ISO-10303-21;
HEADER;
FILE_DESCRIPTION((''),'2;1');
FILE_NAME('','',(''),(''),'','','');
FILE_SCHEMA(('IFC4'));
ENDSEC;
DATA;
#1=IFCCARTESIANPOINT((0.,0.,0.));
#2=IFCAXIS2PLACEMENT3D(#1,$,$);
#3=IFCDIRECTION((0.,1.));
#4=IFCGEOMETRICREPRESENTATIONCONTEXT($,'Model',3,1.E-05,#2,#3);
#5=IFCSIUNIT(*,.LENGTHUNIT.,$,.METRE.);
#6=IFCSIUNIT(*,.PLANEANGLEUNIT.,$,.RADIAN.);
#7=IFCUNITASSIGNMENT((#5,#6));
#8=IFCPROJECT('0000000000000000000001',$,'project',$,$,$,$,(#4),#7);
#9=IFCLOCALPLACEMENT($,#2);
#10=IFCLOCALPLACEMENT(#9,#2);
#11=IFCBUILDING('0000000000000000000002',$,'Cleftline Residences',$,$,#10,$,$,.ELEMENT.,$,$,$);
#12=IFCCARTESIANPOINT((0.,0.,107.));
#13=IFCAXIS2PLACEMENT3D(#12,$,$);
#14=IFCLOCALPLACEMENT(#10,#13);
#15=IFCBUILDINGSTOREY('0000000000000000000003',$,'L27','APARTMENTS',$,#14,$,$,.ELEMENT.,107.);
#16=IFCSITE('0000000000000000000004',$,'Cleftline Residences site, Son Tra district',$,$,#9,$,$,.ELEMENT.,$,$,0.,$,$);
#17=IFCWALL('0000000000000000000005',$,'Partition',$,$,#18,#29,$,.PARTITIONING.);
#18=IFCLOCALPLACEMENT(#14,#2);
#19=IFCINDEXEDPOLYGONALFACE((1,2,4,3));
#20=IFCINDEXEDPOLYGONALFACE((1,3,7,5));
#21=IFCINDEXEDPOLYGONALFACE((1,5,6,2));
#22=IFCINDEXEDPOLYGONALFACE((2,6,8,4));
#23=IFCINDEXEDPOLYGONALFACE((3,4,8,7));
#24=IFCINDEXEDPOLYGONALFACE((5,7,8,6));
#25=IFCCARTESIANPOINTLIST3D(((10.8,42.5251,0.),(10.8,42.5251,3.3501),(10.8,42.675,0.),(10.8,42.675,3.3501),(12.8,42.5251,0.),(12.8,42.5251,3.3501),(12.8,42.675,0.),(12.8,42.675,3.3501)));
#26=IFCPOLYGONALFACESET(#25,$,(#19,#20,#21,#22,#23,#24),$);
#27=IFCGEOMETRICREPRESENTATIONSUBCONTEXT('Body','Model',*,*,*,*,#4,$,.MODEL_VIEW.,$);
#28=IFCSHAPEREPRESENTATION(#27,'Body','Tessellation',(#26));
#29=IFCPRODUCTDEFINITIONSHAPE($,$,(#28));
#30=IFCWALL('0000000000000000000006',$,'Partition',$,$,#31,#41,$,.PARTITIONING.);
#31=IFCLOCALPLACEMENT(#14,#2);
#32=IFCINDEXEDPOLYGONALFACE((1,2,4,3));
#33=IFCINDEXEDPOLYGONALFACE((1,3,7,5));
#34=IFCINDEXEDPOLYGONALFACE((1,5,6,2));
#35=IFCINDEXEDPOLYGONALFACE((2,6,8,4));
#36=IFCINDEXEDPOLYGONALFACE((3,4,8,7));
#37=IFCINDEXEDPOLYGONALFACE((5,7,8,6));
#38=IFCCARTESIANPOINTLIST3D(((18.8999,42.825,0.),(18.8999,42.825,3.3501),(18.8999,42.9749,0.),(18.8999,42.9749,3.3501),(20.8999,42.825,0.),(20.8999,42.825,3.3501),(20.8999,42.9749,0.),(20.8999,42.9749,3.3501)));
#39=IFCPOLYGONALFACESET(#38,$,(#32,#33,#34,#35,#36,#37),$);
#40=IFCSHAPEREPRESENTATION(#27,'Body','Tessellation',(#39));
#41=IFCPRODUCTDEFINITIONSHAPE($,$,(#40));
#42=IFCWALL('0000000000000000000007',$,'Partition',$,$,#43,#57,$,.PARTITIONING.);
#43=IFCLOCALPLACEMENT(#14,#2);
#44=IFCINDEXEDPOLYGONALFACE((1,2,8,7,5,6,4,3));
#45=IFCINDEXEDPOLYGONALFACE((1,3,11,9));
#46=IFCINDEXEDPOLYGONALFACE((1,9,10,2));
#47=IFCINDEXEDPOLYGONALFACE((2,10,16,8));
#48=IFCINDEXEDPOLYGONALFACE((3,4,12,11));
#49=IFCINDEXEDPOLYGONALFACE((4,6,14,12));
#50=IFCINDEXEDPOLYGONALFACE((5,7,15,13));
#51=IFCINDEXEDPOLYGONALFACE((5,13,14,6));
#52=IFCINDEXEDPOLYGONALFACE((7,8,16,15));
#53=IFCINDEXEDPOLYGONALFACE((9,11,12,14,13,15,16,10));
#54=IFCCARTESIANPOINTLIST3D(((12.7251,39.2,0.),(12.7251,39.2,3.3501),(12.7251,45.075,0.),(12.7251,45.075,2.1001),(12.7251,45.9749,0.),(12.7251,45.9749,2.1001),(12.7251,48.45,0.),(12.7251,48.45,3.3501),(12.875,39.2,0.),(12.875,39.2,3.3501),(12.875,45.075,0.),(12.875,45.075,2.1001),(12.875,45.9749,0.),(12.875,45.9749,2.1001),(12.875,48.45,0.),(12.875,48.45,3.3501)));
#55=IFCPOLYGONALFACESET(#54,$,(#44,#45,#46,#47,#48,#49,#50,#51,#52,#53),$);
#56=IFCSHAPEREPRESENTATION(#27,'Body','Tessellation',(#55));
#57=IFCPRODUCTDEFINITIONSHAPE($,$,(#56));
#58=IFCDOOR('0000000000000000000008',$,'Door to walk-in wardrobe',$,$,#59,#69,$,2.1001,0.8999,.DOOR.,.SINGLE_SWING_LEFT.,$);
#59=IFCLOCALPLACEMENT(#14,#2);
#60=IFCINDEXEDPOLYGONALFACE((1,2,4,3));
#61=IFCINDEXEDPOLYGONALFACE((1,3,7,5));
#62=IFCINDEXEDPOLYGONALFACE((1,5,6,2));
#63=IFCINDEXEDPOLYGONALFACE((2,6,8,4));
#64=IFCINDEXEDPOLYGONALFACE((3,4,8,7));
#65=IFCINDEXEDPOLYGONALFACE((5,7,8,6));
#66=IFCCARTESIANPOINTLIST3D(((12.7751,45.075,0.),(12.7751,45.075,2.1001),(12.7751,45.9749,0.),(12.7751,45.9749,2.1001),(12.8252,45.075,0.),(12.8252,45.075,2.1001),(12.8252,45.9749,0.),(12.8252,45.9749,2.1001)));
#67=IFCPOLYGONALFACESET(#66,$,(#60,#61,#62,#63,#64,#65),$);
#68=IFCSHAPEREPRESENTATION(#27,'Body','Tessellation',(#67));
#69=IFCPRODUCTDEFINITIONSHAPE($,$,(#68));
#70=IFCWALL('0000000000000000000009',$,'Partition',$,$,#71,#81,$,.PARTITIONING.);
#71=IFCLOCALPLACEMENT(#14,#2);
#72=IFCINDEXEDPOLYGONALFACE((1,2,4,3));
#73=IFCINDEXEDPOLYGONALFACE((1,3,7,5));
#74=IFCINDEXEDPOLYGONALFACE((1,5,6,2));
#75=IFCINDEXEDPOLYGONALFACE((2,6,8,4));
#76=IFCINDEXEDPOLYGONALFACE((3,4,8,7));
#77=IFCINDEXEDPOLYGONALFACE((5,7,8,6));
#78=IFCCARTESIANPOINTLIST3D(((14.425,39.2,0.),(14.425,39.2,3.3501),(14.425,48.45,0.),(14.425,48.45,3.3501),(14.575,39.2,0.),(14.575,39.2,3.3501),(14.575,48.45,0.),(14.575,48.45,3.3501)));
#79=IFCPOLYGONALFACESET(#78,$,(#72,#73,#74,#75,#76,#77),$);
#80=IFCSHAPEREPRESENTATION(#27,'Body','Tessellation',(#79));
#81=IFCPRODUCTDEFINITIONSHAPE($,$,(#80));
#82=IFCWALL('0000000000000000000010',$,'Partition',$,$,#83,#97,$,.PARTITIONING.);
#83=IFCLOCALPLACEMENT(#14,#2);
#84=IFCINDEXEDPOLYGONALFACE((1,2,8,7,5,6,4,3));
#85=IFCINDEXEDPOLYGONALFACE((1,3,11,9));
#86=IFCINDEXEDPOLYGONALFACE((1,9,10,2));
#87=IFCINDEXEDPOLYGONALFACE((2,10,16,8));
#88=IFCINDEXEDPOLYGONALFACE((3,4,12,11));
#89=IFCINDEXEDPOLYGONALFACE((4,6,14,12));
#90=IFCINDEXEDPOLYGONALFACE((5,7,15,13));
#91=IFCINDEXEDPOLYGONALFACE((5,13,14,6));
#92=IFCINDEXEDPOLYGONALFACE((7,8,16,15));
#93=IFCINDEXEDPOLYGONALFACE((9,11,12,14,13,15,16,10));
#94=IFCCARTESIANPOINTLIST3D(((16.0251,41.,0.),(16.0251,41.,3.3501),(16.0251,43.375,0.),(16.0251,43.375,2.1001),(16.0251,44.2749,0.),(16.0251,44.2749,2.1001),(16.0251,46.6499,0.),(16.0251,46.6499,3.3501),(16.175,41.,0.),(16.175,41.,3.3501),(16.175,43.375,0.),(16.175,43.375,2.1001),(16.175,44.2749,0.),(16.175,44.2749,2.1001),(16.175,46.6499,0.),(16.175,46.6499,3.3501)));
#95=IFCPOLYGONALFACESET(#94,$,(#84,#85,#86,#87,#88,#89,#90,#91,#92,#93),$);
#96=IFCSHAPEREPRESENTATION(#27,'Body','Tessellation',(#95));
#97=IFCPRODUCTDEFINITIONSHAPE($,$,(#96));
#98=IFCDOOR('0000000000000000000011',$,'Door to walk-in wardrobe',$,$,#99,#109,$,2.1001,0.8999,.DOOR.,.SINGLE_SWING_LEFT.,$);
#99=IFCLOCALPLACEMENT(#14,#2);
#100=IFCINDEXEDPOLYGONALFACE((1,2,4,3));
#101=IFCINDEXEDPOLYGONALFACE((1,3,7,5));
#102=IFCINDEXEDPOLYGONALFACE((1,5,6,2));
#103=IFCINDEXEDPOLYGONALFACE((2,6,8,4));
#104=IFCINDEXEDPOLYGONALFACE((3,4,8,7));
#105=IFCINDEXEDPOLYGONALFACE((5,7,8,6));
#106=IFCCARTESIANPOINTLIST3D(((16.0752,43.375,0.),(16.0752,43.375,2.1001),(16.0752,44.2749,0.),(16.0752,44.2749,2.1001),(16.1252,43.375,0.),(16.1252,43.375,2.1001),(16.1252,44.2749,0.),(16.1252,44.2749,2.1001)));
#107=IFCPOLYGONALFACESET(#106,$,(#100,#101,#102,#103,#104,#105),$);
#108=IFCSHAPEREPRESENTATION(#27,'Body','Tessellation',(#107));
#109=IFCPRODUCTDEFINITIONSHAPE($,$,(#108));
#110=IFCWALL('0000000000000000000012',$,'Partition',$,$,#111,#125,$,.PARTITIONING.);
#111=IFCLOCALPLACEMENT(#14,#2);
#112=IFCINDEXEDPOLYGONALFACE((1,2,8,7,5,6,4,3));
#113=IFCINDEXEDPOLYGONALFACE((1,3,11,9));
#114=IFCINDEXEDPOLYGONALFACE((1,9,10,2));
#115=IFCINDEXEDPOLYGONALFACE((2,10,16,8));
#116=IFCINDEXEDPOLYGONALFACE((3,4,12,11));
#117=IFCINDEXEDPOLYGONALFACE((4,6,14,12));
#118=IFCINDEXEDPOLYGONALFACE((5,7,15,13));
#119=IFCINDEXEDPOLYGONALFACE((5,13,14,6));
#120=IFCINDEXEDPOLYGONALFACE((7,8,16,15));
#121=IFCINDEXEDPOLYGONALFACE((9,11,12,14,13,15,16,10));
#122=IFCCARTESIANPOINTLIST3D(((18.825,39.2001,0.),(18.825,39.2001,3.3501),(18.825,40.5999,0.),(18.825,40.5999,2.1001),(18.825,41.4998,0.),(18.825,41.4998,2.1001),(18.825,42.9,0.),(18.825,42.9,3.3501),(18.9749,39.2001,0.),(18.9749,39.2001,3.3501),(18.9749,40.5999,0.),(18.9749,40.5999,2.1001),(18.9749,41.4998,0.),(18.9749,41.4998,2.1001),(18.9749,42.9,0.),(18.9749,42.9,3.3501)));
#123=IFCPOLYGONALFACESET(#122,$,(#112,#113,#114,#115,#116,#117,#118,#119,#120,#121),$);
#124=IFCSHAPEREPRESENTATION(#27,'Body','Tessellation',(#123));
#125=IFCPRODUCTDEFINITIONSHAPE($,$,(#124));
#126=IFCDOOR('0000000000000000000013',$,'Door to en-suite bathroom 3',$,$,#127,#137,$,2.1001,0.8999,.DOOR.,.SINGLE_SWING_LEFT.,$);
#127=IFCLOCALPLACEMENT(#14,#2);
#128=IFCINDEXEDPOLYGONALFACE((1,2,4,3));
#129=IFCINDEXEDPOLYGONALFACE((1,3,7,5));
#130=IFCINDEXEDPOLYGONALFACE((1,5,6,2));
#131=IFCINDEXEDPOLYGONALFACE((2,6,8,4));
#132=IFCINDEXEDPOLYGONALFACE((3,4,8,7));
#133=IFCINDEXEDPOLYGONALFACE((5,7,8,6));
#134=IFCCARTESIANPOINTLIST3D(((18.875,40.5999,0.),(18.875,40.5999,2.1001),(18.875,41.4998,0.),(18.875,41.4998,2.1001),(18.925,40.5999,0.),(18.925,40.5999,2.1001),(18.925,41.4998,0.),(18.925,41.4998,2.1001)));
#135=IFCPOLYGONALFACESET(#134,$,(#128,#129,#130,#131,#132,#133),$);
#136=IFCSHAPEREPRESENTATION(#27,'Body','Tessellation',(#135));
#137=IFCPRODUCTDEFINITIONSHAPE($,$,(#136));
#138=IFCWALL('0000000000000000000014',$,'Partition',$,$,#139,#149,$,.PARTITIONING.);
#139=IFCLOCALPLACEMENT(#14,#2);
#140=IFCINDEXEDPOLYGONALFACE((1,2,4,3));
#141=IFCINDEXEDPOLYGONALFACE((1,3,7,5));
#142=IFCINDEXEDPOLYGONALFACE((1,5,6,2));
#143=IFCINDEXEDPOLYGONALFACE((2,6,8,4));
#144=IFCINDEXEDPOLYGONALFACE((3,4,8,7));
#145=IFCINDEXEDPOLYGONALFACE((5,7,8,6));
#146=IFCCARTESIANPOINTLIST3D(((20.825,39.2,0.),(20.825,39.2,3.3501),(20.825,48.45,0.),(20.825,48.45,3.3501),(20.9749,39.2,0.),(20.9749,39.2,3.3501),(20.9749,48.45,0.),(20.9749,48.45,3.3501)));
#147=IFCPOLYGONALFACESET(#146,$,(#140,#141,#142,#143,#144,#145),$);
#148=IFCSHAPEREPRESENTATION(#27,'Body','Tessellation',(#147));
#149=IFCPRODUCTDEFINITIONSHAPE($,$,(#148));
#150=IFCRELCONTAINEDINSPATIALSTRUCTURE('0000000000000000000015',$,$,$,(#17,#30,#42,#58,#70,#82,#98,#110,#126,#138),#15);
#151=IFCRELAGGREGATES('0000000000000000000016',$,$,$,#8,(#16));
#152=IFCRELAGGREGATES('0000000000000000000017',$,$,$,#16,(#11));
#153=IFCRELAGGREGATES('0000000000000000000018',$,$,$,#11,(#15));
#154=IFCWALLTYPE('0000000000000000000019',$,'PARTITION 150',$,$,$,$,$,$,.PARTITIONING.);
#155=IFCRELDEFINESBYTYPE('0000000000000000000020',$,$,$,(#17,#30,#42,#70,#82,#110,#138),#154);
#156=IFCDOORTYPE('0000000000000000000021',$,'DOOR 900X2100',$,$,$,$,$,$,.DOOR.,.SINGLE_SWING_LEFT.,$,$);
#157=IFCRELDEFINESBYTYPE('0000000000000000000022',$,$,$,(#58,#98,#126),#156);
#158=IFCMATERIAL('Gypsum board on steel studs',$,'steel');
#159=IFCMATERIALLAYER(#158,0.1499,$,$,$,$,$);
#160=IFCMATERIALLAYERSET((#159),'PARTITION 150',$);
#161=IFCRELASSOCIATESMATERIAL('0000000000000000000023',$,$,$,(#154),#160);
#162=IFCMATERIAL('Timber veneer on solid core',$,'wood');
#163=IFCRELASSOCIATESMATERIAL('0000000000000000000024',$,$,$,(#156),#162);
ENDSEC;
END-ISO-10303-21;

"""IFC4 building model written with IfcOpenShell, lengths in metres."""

from ifc_helpers import new_model, si_unit, direction, frame, frame_2d, origin, place, context, subcontext, project, spatial, rectangle, extrude, material, layer, layer_set, type_object, element, fill, save


model = new_model("IFC4")

# Units and contexts
model_context = context("Model", 3, precision=1e-05, world=origin(), true_north=direction((0.0, 1.0)))
body_context = subcontext(model_context, "Body", "Model", "MODEL_VIEW")
ifc_project = project(units=[si_unit("LENGTHUNIT", "METRE"), si_unit("PLANEANGLEUNIT", "RADIAN")], contexts=[model_context])

# Site, building, storey
site_placement = place(None, origin())
site = spatial("IfcSite", under=ifc_project, at=site_placement, Name="Cleftline Residences site, Son Tra district", CompositionType="ELEMENT", RefElevation=0.0)
building_placement = place(site_placement, origin())
building = spatial("IfcBuilding", under=site, at=building_placement, Name="Cleftline Residences", CompositionType="ELEMENT")
storey_placement = place(building_placement, frame((0.0, 0.0, 107.0)))
storey = spatial("IfcBuildingStorey", under=building, at=storey_placement, Name="L27", Description="APARTMENTS", CompositionType="ELEMENT", Elevation=107.0)

# Shared definitions
ifc_material_1 = material(Name="Gypsum board on steel studs", Category="steel")
ifc_layer = layer(ifc_material_1, 0.1499)
ifc_layer_set = layer_set([ifc_layer], Name="PARTITION 150")
wall_type = type_object("IfcWallType", Name="PARTITION 150", PredefinedType="PARTITIONING", material=ifc_layer_set)

# Walls
for number, where, z_axis, x_axis, name in (
    (1, (10.8, 42.6001, 0.0), (0.0, 0.0, 1.0), (1.0, 0.0, 0.0), "Partition"),
    (2, (18.8999, 42.8999, 0.0), (0.0, 0.0, 1.0), (1.0, 0.0, 0.0), "Partition"),
):
    element("IfcWall", number, at=place(storey_placement, frame(where, z_axis=z_axis, x_axis=x_axis)), inside=storey, type_object=wall_type, Name=name, PredefinedType="PARTITIONING", context=body_context, shape_type="SweptSolid", body=[
        extrude(rectangle(XDim=2.0, YDim=0.1499, at=frame_2d((1.0, 0.0))), origin(), (0.0, 0.0, 1.0), 3.3501),
    ])

# Wall, opening, door
wall_1_placement = place(storey_placement, frame((12.8, 39.2, 0.0), z_axis=(0.0, 0.0, 1.0), x_axis=(0.0, 1.0, 0.0)))
wall_1 = element("IfcWall", 3, at=wall_1_placement, inside=storey, type_object=wall_type, Name="Partition", PredefinedType="PARTITIONING", context=body_context, shape_type="SweptSolid", body=[
    extrude(rectangle(XDim=9.25, YDim=0.1499, at=frame_2d((4.625, 0.0))), origin(), (0.0, 0.0, 1.0), 3.3501),
])
opening_1_placement = place(wall_1_placement, frame((5.875, 0.0, 0.0)))
opening_1 = element("IfcOpeningElement", 4, at=opening_1_placement, cuts=wall_1, PredefinedType="OPENING", context=body_context, shape_type="SweptSolid", body=[
    extrude(rectangle(XDim=0.8999, YDim=2.1001, at=frame_2d((0.45, 1.05))), frame((0.0, 0.085, 0.0), z_axis=(0.0, -1.0, 0.0), x_axis=(1.0, 0.0, 0.0)), (0.0, 0.0, 1.0), 0.1699),
])
ifc_material_2 = material(Name="Timber veneer on solid core", Category="wood")
door_type_1 = type_object("IfcDoorType", Name="DOOR 900X2100", OperationType="SINGLE_SWING_LEFT", PredefinedType="DOOR", material=ifc_material_2)
door_1_placement = place(opening_1_placement, origin())
door_1 = element("IfcDoor", 5, at=door_1_placement, inside=storey, type_object=door_type_1, Name="Door to walk-in wardrobe", OperationType="SINGLE_SWING_LEFT", OverallHeight=2.1001, OverallWidth=0.8999, PredefinedType="DOOR", context=body_context, shape_type="SweptSolid", body=[
    extrude(rectangle(XDim=0.8999, YDim=2.1001, at=frame_2d((0.45, 1.05))), frame((0.0, 0.0249, 0.0), z_axis=(0.0, -1.0, 0.0), x_axis=(1.0, 0.0, 0.0)), (0.0, 0.0, 1.0), 0.05),
])
fill(opening_1, door_1)

# Wall
wall_2_placement = place(storey_placement, frame((14.5, 39.2, 0.0), z_axis=(0.0, 0.0, 1.0), x_axis=(0.0, 1.0, 0.0)))
element("IfcWall", 6, at=wall_2_placement, inside=storey, type_object=wall_type, Name="Partition", PredefinedType="PARTITIONING", context=body_context, shape_type="SweptSolid", body=[
    extrude(rectangle(XDim=9.25, YDim=0.1499, at=frame_2d((4.625, 0.0))), origin(), (0.0, 0.0, 1.0), 3.3501),
])

# Walls, openings, doors
wall_3_placement = place(storey_placement, frame((16.1001, 41.0, 0.0), z_axis=(0.0, 0.0, 1.0), x_axis=(0.0, 1.0, 0.0)))
wall_3 = element("IfcWall", 7, at=wall_3_placement, inside=storey, type_object=wall_type, Name="Partition", PredefinedType="PARTITIONING", context=body_context, shape_type="SweptSolid", body=[
    extrude(rectangle(XDim=5.6499, YDim=0.1499, at=frame_2d((2.825, 0.0))), origin(), (0.0, 0.0, 1.0), 3.3501),
])
opening_2_placement = place(wall_3_placement, frame((2.375, 0.0, 0.0)))
opening_2 = element("IfcOpeningElement", 8, at=opening_2_placement, cuts=wall_3, PredefinedType="OPENING", context=body_context, shape_type="SweptSolid", body=[
    extrude(rectangle(XDim=0.8999, YDim=2.1001, at=frame_2d((0.45, 1.05))), frame((0.0, 0.085, 0.0), z_axis=(0.0, -1.0, 0.0), x_axis=(1.0, 0.0, 0.0)), (0.0, 0.0, 1.0), 0.1699),
])
door_2_placement = place(opening_2_placement, origin())
door_2 = element("IfcDoor", 9, at=door_2_placement, inside=storey, type_object=door_type_1, Name="Door to walk-in wardrobe", OperationType="SINGLE_SWING_LEFT", OverallHeight=2.1001, OverallWidth=0.8999, PredefinedType="DOOR", context=body_context, shape_type="SweptSolid", body=[
    extrude(rectangle(XDim=0.8999, YDim=2.1001, at=frame_2d((0.45, 1.05))), frame((0.0, 0.0249, 0.0), z_axis=(0.0, -1.0, 0.0), x_axis=(1.0, 0.0, 0.0)), (0.0, 0.0, 1.0), 0.05),
])
fill(opening_2, door_2)
wall_4_placement = place(storey_placement, frame((18.8999, 39.2, 0.0), z_axis=(0.0, 0.0, 1.0), x_axis=(0.0, 1.0, 0.0)))
wall_4 = element("IfcWall", 10, at=wall_4_placement, inside=storey, type_object=wall_type, Name="Partition", PredefinedType="PARTITIONING", context=body_context, shape_type="SweptSolid", body=[
    extrude(rectangle(XDim=3.7, YDim=0.1499, at=frame_2d((1.8501, 0.0))), origin(), (0.0, 0.0, 1.0), 3.3501),
])
opening_3_placement = place(wall_4_placement, frame((1.3999, 0.0, 0.0)))
opening_3 = element("IfcOpeningElement", 11, at=opening_3_placement, cuts=wall_4, PredefinedType="OPENING", context=body_context, shape_type="SweptSolid", body=[
    extrude(rectangle(XDim=0.8999, YDim=2.1001, at=frame_2d((0.45, 1.05))), frame((0.0, 0.085, 0.0), z_axis=(0.0, -1.0, 0.0), x_axis=(1.0, 0.0, 0.0)), (0.0, 0.0, 1.0), 0.1699),
])
door_3_placement = place(opening_3_placement, origin())
door_3 = element("IfcDoor", 12, at=door_3_placement, inside=storey, type_object=door_type_1, Name="Door to en-suite bathroom 3", OperationType="SINGLE_SWING_LEFT", OverallHeight=2.1001, OverallWidth=0.8999, PredefinedType="DOOR", context=body_context, shape_type="SweptSolid", body=[
    extrude(rectangle(XDim=0.8999, YDim=2.1001, at=frame_2d((0.45, 1.05))), frame((0.0, 0.0249, 0.0), z_axis=(0.0, -1.0, 0.0), x_axis=(1.0, 0.0, 0.0)), (0.0, 0.0, 1.0), 0.05),
])
fill(opening_3, door_3)

# Wall
wall_5_placement = place(storey_placement, frame((20.8999, 39.2, 0.0), z_axis=(0.0, 0.0, 1.0), x_axis=(0.0, 1.0, 0.0)))
element("IfcWall", 13, at=wall_5_placement, inside=storey, type_object=wall_type, Name="Partition", PredefinedType="PARTITIONING", context=body_context, shape_type="SweptSolid", body=[
    extrude(rectangle(XDim=9.25, YDim=0.1499, at=frame_2d((4.625, 0.0))), origin(), (0.0, 0.0, 1.0), 3.3501),
])

save(model, "model.ifc")
